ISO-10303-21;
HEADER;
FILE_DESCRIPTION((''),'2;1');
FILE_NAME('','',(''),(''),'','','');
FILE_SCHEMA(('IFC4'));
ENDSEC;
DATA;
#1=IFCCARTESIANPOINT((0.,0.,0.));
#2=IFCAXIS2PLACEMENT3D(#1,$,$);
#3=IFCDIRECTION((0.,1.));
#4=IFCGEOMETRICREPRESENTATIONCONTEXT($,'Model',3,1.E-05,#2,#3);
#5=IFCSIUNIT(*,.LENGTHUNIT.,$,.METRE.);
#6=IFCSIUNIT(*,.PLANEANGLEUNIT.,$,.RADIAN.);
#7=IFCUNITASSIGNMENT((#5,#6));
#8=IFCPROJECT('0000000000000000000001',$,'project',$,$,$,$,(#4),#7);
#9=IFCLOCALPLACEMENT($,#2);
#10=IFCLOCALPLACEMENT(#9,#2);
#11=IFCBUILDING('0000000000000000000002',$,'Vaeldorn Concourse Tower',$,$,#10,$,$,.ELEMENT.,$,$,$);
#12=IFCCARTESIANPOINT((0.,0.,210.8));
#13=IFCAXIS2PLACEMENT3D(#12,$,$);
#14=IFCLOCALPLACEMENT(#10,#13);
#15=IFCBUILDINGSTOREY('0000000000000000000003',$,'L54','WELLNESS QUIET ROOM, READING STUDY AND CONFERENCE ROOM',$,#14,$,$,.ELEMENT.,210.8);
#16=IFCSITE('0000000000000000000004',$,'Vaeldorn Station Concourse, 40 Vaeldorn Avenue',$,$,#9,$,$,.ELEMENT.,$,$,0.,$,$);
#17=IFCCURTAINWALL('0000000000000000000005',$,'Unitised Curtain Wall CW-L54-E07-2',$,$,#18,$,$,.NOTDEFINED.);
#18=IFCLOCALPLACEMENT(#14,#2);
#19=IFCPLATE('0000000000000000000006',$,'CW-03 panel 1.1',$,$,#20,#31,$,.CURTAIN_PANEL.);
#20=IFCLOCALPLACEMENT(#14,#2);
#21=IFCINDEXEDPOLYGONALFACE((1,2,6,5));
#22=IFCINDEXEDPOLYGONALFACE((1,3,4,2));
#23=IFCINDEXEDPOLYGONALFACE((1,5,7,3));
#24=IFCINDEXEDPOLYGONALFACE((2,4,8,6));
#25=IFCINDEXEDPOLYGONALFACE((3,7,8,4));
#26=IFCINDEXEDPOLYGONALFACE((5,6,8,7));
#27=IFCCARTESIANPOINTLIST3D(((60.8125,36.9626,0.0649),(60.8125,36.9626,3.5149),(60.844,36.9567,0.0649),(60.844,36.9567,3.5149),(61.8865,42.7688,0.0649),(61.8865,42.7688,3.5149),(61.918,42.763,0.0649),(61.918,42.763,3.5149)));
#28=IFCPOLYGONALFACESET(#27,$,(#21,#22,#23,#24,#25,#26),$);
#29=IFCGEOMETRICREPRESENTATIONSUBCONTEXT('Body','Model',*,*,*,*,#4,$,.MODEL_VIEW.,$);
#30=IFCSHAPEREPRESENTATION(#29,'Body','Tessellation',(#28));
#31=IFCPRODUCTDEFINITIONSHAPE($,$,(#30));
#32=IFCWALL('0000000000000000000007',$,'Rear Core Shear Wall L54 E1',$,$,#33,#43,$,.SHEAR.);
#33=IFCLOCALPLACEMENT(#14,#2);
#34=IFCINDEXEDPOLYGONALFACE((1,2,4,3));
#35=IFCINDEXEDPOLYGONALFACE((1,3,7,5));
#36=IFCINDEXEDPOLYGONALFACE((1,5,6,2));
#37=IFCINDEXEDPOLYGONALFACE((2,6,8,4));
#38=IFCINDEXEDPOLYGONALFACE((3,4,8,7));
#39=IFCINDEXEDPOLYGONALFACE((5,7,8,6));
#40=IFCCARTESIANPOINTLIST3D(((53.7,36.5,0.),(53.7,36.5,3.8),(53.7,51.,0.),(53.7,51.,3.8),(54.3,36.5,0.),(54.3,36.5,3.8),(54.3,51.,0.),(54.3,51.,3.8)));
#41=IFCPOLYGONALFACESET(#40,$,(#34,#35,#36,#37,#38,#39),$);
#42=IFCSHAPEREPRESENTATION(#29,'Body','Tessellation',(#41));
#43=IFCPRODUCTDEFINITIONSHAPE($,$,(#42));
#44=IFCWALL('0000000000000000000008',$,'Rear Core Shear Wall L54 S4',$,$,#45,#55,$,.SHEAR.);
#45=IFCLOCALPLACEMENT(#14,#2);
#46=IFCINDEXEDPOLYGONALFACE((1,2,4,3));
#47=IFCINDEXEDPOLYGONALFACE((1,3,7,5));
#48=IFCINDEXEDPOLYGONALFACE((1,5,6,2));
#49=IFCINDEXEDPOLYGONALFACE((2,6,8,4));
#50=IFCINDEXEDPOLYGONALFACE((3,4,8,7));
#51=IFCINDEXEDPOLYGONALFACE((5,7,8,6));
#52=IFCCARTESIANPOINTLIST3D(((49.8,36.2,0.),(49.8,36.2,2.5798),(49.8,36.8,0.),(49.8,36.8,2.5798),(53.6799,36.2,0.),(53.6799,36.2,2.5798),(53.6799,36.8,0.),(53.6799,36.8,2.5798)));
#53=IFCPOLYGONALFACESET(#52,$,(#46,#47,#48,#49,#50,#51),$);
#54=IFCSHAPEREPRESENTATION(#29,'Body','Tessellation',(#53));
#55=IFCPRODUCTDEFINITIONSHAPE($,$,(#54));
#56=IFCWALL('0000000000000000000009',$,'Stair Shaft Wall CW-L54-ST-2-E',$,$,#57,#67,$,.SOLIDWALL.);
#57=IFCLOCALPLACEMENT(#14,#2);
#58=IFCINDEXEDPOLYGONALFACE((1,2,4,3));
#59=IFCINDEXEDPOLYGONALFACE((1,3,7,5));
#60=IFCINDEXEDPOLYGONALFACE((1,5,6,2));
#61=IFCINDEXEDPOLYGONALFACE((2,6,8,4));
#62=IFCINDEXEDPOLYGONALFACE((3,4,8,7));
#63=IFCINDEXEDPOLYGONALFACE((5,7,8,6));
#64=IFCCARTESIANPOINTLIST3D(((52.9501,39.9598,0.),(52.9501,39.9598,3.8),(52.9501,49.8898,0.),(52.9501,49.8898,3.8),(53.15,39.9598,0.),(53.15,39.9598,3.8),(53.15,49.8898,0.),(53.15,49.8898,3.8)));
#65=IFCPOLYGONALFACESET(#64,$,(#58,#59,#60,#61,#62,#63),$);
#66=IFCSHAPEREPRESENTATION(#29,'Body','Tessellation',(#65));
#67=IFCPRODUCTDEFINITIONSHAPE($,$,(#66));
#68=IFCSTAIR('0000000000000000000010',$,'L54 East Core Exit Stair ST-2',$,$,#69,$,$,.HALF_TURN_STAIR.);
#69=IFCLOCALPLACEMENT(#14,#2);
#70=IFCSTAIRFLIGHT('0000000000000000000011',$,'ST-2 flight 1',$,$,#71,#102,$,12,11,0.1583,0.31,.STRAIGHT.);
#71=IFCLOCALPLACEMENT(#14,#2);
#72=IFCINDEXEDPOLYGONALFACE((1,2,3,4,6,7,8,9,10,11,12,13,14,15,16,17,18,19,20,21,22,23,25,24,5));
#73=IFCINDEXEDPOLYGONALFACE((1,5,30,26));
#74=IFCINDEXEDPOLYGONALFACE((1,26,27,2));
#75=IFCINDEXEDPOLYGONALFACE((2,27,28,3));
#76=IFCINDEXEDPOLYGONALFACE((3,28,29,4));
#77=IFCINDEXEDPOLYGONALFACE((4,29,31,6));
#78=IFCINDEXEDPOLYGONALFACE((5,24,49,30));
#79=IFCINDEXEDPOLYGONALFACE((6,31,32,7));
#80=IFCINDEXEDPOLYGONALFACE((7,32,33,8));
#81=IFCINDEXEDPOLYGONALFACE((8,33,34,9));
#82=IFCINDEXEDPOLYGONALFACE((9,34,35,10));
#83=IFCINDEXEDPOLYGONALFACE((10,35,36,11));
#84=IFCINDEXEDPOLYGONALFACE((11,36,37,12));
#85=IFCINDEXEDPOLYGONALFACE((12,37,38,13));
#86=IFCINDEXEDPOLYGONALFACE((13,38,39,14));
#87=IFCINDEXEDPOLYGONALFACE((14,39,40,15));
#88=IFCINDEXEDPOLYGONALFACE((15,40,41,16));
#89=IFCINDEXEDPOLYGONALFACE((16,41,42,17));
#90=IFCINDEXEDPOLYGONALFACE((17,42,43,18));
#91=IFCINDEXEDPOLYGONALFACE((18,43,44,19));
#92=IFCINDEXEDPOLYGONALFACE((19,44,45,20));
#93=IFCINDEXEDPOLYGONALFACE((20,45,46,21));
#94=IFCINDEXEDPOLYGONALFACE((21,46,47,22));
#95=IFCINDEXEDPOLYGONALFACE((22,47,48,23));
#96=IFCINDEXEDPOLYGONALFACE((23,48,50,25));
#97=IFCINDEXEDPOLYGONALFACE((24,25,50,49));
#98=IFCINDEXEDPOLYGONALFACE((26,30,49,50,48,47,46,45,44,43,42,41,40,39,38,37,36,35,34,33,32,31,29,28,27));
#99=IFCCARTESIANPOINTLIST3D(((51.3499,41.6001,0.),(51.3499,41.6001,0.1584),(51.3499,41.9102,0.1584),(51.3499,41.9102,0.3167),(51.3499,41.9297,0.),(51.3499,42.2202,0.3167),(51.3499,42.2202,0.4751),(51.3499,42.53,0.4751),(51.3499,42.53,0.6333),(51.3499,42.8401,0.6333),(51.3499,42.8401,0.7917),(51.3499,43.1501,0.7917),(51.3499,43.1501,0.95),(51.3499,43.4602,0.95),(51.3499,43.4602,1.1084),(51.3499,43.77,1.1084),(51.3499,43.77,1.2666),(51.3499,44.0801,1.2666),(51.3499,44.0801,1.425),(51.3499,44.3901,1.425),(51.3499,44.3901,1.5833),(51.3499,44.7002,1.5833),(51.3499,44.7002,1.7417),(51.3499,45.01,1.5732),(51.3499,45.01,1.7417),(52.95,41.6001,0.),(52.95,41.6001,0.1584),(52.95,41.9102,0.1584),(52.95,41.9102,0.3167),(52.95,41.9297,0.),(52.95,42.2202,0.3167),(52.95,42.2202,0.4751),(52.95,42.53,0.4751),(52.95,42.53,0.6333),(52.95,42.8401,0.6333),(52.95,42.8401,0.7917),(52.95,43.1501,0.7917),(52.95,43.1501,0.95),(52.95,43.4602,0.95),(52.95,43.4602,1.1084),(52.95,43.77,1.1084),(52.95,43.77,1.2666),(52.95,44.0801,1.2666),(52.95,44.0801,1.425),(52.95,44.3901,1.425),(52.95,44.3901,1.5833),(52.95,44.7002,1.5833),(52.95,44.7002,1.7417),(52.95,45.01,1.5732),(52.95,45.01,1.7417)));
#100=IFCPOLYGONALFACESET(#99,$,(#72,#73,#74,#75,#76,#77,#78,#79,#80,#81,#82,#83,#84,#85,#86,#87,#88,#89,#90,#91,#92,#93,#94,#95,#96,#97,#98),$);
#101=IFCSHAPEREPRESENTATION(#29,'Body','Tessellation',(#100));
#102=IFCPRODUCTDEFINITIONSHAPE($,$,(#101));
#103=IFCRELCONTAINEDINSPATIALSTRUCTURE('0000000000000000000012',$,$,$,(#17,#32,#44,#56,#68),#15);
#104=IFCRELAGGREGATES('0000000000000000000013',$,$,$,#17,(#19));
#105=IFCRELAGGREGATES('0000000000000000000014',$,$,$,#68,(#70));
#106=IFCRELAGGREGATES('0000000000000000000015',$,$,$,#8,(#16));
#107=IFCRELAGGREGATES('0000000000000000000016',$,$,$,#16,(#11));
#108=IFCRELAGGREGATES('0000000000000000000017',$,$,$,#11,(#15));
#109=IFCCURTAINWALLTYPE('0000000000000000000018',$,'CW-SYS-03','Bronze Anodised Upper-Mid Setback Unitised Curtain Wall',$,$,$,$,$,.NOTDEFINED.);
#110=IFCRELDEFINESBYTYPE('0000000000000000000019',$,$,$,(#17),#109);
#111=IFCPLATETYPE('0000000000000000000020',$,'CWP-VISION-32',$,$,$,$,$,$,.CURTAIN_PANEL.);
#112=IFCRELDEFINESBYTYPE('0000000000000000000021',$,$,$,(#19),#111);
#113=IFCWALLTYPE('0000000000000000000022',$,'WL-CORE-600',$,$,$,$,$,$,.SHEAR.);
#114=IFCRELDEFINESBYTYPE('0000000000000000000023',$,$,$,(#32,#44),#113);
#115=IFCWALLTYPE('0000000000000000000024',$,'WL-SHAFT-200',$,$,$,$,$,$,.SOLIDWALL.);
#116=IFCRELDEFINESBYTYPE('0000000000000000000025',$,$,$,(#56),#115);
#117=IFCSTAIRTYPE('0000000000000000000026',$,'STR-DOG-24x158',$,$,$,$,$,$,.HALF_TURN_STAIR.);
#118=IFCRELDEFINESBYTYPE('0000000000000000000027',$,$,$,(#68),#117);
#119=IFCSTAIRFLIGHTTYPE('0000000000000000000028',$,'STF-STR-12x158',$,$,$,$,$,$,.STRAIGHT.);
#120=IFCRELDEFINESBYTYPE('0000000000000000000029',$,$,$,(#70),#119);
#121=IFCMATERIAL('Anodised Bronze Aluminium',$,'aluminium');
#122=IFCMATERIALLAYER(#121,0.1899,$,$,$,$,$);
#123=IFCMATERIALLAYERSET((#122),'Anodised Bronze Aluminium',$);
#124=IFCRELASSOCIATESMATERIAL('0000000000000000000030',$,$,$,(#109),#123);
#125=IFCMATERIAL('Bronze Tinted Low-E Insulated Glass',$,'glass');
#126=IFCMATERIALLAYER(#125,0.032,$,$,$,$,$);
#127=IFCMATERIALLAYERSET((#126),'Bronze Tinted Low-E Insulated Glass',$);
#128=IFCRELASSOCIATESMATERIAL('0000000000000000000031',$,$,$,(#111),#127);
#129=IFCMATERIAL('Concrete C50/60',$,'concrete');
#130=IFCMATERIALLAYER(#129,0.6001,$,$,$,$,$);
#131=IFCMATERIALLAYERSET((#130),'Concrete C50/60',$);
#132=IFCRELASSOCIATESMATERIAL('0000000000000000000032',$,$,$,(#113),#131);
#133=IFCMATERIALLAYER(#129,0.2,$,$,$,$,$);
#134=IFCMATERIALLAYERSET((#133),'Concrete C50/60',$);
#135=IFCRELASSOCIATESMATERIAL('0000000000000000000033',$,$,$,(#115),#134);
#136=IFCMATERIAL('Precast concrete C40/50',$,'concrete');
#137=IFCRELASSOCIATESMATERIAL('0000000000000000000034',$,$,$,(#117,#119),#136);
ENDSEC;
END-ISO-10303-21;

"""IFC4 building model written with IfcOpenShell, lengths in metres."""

from ifc_helpers import new_model, si_unit, direction, frame, frame_2d, origin, origin_2d, place, context, subcontext, project, spatial, polyline, rectangle, outline, extrude, source, transform, mapped, material, layer, layer_set, type_object, element, aggregate, save


model = new_model("IFC4")

# Units and contexts
model_context = context("Model", 3, precision=1e-05, world=origin(), true_north=direction((0.0, 1.0)))
body_context = subcontext(model_context, "Body", "Model", "MODEL_VIEW")
ifc_project = project(units=[si_unit("LENGTHUNIT", "METRE"), si_unit("PLANEANGLEUNIT", "RADIAN")], contexts=[model_context])

# Site, building, storey
site_placement = place(None, origin())
site = spatial("IfcSite", under=ifc_project, at=site_placement, Name="Vaeldorn Station Concourse, 40 Vaeldorn Avenue", CompositionType="ELEMENT", RefElevation=0.0)
building_placement = place(site_placement, origin())
building = spatial("IfcBuilding", under=site, at=building_placement, Name="Vaeldorn Concourse Tower", CompositionType="ELEMENT")
storey_placement = place(building_placement, frame((0.0, 0.0, 210.8)))
storey = spatial("IfcBuildingStorey", under=building, at=storey_placement, Name="L54", Description="WELLNESS QUIET ROOM, READING STUDY AND CONFERENCE ROOM", CompositionType="ELEMENT", Elevation=210.8)

# Shared definitions
ifc_material_1 = material(Name="Concrete C50/60", Category="concrete")

# Shared definitions
ifc_material_2 = material(Name="Anodised Bronze Aluminium", Category="aluminium")
ifc_layer_1 = layer(ifc_material_2, 0.1899)
ifc_layer_set_1 = layer_set([ifc_layer_1], Name="Anodised Bronze Aluminium")
curtain_wall_type = type_object("IfcCurtainWallType", Name="CW-SYS-03", Description="Bronze Anodised Upper-Mid Setback Unitised Curtain Wall", PredefinedType="NOTDEFINED", material=ifc_layer_set_1)

# Curtain wall, plate
curtain_wall_1_placement = place(storey_placement, origin())
curtain_wall_1 = element("IfcCurtainWall", 1, at=curtain_wall_1_placement, inside=storey, type_object=curtain_wall_type, Name="Unitised Curtain Wall CW-L54-E07-2", PredefinedType="NOTDEFINED")
ifc_material_3 = material(Name="Bronze Tinted Low-E Insulated Glass", Category="glass")
ifc_layer_2 = layer(ifc_material_3, 0.032)
ifc_layer_set_2 = layer_set([ifc_layer_2], Name="Bronze Tinted Low-E Insulated Glass")
plate_type = type_object("IfcPlateType", Name="CWP-VISION-32", PredefinedType="CURTAIN_PANEL", material=ifc_layer_set_2)
shared_shape_1 = source(origin(), body_context, "Body", "SweptSolid", [
    extrude(rectangle(XDim=5.9048, YDim=0.032, at=origin_2d()), origin(), (0.0, 0.0, 1.0), 3.45),
])
plate_placement = place(storey_placement, frame((61.3652, 39.8628, 0.0649), z_axis=(0.0, 0.0, 1.0), x_axis=(0.181888, 0.983319, 0.0)))
plate = element("IfcPlate", 2, at=plate_placement, type_object=plate_type, Name="CW-03 panel 1.1", PredefinedType="CURTAIN_PANEL", context=body_context, shape_type="MappedRepresentation", body=[
    mapped(shared_shape_1, transform((0.0, 0.0, 0.0), scale=1.0)),
])
aggregate(curtain_wall_1, [plate])

# Walls
ifc_layer_3 = layer(ifc_material_1, 0.6001)
ifc_layer_set_3 = layer_set([ifc_layer_3], Name="Concrete C50/60")
wall_type_1 = type_object("IfcWallType", Name="WL-CORE-600", PredefinedType="SHEAR", material=ifc_layer_set_3)
wall_1_placement = place(storey_placement, frame((54.0, 36.5, 0.0), z_axis=(0.0, 0.0, 1.0), x_axis=(0.0, 1.0, 0.0)))
element("IfcWall", 3, at=wall_1_placement, inside=storey, type_object=wall_type_1, Name="Rear Core Shear Wall L54 E1", PredefinedType="SHEAR", context=body_context, shape_type="SweptSolid", body=[
    extrude(rectangle(XDim=14.5, YDim=0.6001, at=frame_2d((7.25, 0.0))), origin(), (0.0, 0.0, 1.0), 3.8),
])
wall_2_placement = place(storey_placement, frame((49.8, 36.5, 0.0), z_axis=(0.0, 0.0, 1.0), x_axis=(1.0, 0.0, 0.0)))
element("IfcWall", 4, at=wall_2_placement, inside=storey, type_object=wall_type_1, Name="Rear Core Shear Wall L54 S4", PredefinedType="SHEAR", context=body_context, shape_type="SweptSolid", body=[
    extrude(rectangle(XDim=3.8799, YDim=0.6001, at=frame_2d((1.9399, 0.0))), origin(), (0.0, 0.0, 1.0), 2.5798),
])

# Wall
ifc_layer_4 = layer(ifc_material_1, 0.2)
ifc_layer_set_4 = layer_set([ifc_layer_4], Name="Concrete C50/60")
wall_type_2 = type_object("IfcWallType", Name="WL-SHAFT-200", PredefinedType="SOLIDWALL", material=ifc_layer_set_4)
wall_3_placement = place(storey_placement, frame((53.05, 39.96, 0.0), z_axis=(0.0, 0.0, 1.0), x_axis=(0.0, 1.0, 0.0)))
element("IfcWall", 5, at=wall_3_placement, inside=storey, type_object=wall_type_2, Name="Stair Shaft Wall CW-L54-ST-2-E", PredefinedType="SOLIDWALL", context=body_context, shape_type="SweptSolid", body=[
    extrude(rectangle(XDim=9.9299, YDim=0.2, at=frame_2d((4.9648, 0.0))), origin(), (0.0, 0.0, 1.0), 3.8),
])

# Stair, stair flight
ifc_material_4 = material(Name="Precast concrete C40/50", Category="concrete")
stair_type = type_object("IfcStairType", Name="STR-DOG-24x158", PredefinedType="HALF_TURN_STAIR", material=ifc_material_4)
stair_placement = place(storey_placement, origin())
stair = element("IfcStair", 6, at=stair_placement, inside=storey, type_object=stair_type, Name="L54 East Core Exit Stair ST-2", PredefinedType="HALF_TURN_STAIR")
stair_flight_type = type_object("IfcStairFlightType", Name="STF-STR-12x158", PredefinedType="STRAIGHT", material=ifc_material_4)
stair_flight_placement = place(storey_placement, frame((52.1499, 41.6001, 0.0), z_axis=(0.0, 0.0, 1.0), x_axis=(0.0, 1.0, 0.0)))
stair_flight = element("IfcStairFlight", 7, at=stair_flight_placement, type_object=stair_flight_type, Name="ST-2 flight 1", NumberOfRisers=12, NumberOfTreads=11, PredefinedType="STRAIGHT", RiserHeight=0.1583, TreadLength=0.31, context=body_context, shape_type="SweptSolid", body=[
    extrude(outline(polyline([(0.0, 0.0), (0.0, 0.1584), (0.3101, 0.1584), (0.3101, 0.3167), (0.6201, 0.3167), (0.6201, 0.4751), (0.9299, 0.4751), (0.9299, 0.6333), (1.24, 0.6333), (1.24, 0.7917), (1.55, 0.7917), (1.55, 0.95), (1.8601, 0.95), (1.8601, 1.1084), (2.1699, 1.1084), (2.1699, 1.2666), (2.48, 1.2666), (2.48, 1.425), (2.79, 1.425), (2.79, 1.5833), (3.1001, 1.5833), (3.1001, 1.7417), (3.4099, 1.7417), (3.4099, 1.8999), (3.4099, 1.5732), (0.3296, 0.0), (0.0, 0.0)])), frame((0.0, 0.8, 0.0), z_axis=(0.0, -1.0, 0.0), x_axis=(1.0, 0.0, 0.0)), (0.0, 0.0, 1.0), 1.6001),
])
aggregate(stair, [stair_flight])

save(model, "model.ifc")
